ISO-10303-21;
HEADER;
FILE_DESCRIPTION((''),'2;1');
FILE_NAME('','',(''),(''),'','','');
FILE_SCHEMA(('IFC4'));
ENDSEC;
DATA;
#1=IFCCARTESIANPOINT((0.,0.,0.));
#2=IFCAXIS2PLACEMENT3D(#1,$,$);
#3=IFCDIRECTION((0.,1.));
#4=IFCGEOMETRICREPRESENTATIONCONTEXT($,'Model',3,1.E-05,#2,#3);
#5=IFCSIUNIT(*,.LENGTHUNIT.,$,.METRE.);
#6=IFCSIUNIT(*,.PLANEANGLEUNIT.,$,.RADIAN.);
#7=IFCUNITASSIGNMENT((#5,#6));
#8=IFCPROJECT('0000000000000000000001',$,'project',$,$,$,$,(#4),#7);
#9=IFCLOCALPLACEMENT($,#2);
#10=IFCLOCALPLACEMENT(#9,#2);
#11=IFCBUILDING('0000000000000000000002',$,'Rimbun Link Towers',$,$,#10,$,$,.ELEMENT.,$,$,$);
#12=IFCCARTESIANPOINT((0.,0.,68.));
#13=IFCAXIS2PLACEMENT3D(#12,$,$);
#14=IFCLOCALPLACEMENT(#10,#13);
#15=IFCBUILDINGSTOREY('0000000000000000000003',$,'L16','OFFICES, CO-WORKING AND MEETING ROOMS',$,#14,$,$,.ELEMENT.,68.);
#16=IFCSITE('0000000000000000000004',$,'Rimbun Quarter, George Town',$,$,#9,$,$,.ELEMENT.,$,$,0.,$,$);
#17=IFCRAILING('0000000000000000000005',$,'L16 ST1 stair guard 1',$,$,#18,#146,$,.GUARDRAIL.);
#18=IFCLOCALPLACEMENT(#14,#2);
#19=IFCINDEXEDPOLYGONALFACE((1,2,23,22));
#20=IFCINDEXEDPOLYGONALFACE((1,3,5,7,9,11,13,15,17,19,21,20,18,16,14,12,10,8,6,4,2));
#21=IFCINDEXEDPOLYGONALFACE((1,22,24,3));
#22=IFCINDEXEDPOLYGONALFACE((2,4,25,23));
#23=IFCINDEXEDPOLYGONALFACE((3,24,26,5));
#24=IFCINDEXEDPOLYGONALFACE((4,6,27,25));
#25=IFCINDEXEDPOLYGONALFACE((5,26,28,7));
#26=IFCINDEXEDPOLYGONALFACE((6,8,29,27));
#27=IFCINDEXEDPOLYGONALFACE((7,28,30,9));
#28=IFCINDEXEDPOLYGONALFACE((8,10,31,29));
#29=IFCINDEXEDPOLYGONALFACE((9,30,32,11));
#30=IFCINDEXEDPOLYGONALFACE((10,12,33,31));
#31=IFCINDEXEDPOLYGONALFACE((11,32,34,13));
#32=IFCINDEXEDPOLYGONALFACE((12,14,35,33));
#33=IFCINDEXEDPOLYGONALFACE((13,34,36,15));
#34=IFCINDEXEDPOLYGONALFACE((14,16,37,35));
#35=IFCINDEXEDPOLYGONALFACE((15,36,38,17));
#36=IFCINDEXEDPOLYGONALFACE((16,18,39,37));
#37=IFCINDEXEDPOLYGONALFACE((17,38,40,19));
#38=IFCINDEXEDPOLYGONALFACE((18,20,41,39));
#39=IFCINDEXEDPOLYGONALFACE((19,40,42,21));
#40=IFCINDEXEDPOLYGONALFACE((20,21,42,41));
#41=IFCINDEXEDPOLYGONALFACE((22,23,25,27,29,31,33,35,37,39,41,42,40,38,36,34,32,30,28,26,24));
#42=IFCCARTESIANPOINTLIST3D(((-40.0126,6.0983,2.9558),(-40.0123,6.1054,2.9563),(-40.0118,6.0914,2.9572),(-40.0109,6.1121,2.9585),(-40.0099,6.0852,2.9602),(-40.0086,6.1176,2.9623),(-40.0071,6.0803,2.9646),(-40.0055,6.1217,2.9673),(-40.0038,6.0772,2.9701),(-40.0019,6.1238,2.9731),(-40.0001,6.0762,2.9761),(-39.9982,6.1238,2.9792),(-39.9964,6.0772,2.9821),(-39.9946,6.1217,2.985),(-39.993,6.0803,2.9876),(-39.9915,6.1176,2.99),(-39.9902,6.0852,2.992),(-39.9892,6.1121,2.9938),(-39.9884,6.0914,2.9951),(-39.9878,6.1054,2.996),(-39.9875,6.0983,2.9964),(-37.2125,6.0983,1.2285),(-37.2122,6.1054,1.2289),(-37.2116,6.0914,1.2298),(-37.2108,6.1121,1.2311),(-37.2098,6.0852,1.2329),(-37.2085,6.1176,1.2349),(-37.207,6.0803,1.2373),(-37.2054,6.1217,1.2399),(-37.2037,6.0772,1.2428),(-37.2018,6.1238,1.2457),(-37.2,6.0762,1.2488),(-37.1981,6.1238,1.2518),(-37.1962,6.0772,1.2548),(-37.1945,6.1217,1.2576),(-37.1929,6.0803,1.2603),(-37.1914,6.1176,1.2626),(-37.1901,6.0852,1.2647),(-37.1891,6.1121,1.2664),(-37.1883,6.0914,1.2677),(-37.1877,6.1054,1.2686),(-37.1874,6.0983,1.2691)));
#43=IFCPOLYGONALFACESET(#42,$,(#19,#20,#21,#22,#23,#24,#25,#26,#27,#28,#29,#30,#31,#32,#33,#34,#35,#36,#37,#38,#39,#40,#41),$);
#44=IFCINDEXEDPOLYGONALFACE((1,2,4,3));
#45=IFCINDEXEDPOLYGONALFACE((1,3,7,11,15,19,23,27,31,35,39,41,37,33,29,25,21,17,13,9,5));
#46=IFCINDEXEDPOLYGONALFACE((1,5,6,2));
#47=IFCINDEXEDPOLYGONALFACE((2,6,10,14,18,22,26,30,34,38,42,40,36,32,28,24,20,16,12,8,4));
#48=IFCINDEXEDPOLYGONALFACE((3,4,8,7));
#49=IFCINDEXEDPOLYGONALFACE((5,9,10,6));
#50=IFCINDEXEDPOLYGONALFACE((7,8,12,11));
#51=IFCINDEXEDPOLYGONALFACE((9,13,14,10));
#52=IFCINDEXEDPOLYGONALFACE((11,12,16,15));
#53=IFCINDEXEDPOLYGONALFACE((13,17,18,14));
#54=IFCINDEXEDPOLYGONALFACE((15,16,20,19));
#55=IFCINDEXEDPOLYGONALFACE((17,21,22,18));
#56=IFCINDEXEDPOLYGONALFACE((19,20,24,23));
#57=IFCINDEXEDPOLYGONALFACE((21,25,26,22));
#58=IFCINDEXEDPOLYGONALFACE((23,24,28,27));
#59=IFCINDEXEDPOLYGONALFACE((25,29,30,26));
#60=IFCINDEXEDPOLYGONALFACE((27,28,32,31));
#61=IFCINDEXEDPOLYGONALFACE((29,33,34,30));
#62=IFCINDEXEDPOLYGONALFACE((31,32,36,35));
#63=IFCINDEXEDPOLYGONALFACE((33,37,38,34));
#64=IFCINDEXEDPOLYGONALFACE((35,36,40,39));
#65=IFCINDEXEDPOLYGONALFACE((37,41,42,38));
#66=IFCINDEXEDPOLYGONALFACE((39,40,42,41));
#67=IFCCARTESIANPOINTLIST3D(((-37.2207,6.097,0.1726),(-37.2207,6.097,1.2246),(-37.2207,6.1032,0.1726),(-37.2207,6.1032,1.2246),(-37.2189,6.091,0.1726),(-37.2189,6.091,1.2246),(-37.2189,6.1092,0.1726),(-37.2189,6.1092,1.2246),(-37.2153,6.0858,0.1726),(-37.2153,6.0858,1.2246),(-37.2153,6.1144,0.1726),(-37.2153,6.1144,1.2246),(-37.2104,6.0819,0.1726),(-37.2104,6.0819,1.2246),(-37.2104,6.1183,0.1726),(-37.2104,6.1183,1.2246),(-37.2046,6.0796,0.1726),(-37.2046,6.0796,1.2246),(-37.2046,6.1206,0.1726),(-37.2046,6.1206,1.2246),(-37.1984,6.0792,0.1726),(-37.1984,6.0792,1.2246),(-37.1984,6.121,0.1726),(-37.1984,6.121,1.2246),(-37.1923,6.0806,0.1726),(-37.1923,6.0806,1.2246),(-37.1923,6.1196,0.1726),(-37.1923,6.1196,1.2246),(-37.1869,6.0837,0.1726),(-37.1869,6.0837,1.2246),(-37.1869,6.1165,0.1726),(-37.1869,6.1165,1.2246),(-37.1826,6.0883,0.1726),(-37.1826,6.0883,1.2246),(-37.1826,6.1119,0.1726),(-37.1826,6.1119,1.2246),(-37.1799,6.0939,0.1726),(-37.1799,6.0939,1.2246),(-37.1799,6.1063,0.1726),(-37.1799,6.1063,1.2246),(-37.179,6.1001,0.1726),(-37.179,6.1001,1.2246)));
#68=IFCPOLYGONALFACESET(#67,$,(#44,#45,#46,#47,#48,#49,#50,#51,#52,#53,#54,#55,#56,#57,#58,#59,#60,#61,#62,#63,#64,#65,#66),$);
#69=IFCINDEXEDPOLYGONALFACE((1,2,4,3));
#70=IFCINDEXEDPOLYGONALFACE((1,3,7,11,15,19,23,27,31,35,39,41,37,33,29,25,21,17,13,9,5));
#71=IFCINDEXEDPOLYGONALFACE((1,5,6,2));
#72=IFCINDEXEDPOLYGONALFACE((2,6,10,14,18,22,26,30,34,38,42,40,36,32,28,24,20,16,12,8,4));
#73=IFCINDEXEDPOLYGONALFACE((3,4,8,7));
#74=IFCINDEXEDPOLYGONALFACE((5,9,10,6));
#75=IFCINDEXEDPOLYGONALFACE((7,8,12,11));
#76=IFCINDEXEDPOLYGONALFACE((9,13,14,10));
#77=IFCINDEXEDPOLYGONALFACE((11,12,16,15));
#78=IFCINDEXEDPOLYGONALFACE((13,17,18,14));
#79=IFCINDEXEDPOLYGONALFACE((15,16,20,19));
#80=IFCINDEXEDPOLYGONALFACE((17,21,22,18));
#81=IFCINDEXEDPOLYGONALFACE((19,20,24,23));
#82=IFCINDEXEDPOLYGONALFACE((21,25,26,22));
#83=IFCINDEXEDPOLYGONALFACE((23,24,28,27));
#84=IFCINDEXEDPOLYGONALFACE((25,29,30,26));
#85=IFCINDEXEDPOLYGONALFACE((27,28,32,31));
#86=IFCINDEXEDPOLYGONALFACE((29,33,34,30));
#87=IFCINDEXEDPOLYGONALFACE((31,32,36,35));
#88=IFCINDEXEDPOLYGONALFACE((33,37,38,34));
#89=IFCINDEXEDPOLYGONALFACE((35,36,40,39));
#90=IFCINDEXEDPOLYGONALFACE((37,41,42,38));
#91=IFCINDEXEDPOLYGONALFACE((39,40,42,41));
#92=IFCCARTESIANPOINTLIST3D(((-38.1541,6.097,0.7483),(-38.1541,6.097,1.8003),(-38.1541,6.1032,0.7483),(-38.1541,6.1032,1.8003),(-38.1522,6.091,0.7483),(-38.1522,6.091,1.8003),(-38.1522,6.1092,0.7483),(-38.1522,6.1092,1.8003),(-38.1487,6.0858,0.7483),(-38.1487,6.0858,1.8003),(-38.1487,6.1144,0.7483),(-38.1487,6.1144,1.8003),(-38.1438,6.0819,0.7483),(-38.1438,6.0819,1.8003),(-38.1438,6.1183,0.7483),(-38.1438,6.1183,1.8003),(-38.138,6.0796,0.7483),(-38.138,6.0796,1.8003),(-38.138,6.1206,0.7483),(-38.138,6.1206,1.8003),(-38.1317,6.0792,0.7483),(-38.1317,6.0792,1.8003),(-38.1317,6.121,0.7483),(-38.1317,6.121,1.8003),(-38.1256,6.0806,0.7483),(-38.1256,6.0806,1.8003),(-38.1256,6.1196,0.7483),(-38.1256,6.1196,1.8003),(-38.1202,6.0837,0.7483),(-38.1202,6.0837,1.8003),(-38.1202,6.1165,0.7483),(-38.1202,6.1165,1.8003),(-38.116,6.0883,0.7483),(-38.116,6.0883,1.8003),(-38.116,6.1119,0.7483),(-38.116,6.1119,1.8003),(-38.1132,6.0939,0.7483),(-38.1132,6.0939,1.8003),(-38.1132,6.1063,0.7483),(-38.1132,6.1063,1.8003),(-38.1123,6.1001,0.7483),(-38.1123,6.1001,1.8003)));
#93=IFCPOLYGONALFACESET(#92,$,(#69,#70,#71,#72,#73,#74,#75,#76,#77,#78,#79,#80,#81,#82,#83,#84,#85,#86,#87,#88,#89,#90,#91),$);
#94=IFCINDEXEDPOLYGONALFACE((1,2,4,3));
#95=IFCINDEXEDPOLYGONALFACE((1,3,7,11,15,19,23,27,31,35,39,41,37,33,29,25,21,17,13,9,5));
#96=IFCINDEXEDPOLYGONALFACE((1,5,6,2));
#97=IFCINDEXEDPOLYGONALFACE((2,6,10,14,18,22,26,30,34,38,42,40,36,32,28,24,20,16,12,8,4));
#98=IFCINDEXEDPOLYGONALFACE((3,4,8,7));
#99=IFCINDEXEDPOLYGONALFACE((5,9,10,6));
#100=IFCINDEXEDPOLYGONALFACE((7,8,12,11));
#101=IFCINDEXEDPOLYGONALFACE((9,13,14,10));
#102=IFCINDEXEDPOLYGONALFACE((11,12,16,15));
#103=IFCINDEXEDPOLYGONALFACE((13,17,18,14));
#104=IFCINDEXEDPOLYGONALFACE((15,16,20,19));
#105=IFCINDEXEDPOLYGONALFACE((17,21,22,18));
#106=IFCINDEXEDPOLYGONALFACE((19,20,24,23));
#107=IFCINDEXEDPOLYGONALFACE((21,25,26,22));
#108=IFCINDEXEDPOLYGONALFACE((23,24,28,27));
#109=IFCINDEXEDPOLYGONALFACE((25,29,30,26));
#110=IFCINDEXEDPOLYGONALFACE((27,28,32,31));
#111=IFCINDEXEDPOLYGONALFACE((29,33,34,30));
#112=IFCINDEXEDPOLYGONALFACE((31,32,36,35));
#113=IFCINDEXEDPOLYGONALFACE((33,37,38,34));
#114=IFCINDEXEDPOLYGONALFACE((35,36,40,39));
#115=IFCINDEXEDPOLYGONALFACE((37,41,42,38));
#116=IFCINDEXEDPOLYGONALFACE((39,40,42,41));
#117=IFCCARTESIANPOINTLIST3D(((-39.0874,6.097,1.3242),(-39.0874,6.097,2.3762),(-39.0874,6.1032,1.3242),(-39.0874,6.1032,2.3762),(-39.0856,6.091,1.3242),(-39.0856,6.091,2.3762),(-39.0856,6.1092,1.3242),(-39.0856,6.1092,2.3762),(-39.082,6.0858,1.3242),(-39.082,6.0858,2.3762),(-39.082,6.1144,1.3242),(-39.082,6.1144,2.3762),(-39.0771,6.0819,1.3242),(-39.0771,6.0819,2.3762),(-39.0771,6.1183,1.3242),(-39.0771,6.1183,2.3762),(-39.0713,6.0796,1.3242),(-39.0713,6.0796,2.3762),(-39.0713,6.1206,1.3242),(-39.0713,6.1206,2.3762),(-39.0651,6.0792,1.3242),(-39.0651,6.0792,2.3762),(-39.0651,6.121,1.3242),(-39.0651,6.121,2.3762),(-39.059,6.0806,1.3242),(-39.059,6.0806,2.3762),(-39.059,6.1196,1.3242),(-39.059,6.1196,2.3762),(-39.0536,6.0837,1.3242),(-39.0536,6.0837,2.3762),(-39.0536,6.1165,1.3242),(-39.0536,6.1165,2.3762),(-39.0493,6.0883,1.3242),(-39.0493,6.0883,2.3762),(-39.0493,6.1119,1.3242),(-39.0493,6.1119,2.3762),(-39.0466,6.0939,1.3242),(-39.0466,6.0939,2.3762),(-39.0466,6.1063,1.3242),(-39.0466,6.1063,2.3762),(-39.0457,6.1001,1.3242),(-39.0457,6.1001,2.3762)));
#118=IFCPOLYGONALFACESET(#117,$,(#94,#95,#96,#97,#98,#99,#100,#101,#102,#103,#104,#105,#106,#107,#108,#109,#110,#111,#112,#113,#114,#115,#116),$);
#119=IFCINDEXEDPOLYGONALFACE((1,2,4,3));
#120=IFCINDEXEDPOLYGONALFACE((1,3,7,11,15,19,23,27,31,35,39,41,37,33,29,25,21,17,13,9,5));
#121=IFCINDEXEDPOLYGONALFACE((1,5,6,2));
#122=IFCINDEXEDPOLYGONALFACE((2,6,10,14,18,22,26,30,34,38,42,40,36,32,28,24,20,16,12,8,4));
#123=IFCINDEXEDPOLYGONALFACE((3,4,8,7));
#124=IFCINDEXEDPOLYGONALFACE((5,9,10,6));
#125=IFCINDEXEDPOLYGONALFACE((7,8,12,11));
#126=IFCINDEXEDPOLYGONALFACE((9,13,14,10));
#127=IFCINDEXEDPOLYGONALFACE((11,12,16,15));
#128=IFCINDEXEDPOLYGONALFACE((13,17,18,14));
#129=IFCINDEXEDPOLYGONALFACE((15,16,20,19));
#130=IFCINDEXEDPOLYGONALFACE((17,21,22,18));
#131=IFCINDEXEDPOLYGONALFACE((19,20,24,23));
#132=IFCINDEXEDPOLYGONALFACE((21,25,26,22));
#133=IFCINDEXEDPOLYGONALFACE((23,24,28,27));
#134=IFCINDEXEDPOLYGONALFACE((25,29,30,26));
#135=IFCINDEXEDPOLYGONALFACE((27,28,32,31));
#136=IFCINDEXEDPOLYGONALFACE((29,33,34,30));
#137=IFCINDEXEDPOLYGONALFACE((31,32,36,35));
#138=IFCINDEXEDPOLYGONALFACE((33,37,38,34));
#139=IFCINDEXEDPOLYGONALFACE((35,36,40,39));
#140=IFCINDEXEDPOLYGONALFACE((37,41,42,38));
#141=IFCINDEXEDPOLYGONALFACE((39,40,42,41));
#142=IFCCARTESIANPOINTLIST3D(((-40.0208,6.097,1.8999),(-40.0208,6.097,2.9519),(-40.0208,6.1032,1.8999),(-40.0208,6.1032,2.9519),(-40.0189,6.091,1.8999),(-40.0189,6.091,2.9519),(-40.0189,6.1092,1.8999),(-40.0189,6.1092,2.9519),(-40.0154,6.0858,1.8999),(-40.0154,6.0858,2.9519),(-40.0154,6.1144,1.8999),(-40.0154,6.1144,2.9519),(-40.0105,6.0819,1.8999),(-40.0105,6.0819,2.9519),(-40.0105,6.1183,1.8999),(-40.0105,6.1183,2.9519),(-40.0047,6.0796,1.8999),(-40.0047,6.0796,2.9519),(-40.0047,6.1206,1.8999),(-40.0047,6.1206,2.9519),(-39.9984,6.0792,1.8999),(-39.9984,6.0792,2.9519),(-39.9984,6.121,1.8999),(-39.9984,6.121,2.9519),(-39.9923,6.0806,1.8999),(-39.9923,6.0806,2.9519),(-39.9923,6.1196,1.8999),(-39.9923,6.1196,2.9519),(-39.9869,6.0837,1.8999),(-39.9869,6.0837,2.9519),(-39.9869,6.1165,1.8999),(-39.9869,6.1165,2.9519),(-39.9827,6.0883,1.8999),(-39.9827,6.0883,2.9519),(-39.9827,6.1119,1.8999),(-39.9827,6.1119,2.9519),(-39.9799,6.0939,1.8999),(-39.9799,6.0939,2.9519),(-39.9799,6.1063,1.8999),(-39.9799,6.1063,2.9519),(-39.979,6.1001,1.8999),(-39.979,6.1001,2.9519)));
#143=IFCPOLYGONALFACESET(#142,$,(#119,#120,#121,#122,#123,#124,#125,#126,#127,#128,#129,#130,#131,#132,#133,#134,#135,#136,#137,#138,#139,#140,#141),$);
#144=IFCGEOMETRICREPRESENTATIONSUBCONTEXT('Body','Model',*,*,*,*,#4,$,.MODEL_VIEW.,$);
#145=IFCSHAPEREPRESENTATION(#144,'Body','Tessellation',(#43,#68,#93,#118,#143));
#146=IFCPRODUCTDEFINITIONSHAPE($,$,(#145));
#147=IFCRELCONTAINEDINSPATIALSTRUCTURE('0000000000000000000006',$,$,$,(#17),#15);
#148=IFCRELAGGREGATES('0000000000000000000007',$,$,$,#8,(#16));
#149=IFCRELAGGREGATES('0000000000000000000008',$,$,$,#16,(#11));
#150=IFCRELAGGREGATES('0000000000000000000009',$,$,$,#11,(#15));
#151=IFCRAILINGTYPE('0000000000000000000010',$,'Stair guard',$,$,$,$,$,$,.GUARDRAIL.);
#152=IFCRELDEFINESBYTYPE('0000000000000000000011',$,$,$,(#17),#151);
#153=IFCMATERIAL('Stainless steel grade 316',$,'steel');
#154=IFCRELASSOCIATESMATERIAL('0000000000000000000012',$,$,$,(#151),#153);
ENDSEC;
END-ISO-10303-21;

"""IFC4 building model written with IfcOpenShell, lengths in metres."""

from ifc_helpers import new_model, si_unit, direction, frame, origin, origin_2d, place, context, subcontext, project, spatial, circle, extrude, material, type_object, element, save


model = new_model("IFC4")

# Units and contexts
model_context = context("Model", 3, precision=1e-05, world=origin(), true_north=direction((0.0, 1.0)))
body_context = subcontext(model_context, "Body", "Model", "MODEL_VIEW")
ifc_project = project(units=[si_unit("LENGTHUNIT", "METRE"), si_unit("PLANEANGLEUNIT", "RADIAN")], contexts=[model_context])

# Site, building, storey
site_placement = place(None, origin())
site = spatial("IfcSite", under=ifc_project, at=site_placement, Name="Rimbun Quarter, George Town", CompositionType="ELEMENT", RefElevation=0.0)
building_placement = place(site_placement, origin())
building = spatial("IfcBuilding", under=site, at=building_placement, Name="Rimbun Link Towers", CompositionType="ELEMENT")
storey_placement = place(building_placement, frame((0.0, 0.0, 68.0)))
storey = spatial("IfcBuildingStorey", under=building, at=storey_placement, Name="L16", Description="OFFICES, CO-WORKING AND MEETING ROOMS", CompositionType="ELEMENT", Elevation=68.0)

# Railing
ifc_material_1 = material(Name="Stainless steel grade 316", Category="steel")
railing_type_1 = type_object("IfcRailingType", Name="Stair guard", PredefinedType="GUARDRAIL", material=ifc_material_1)
railing_1_placement = place(storey_placement, frame((-37.2, 6.1001, 0.1726)))
element("IfcRailing", 1, at=railing_1_placement, inside=storey, type_object=railing_type_1, Name="L16 ST1 stair guard 1", PredefinedType="GUARDRAIL", context=body_context, shape_type="SweptSolid", body=[
    extrude(circle(Radius=0.0239, at=origin_2d()), frame((0.0, 0.0, 1.0762), z_axis=(-0.85109, 0.0, 0.52502), x_axis=(0.0, -1.0, 0.0)), (0.0, 0.0, 1.0), 3.29),
    extrude(circle(Radius=0.021, at=origin_2d()), origin(), (0.0, 0.0, 1.0), 1.052),
    extrude(circle(Radius=0.021, at=origin_2d()), frame((-0.9333, 0.0, 0.5757)), (0.0, 0.0, 1.0), 1.052),
    extrude(circle(Radius=0.021, at=origin_2d()), frame((-1.8667, 0.0, 1.1516)), (0.0, 0.0, 1.0), 1.052),
    extrude(circle(Radius=0.021, at=origin_2d()), frame((-2.8, 0.0, 1.7273)), (0.0, 0.0, 1.0), 1.052),
])

save(model, "model.ifc")
